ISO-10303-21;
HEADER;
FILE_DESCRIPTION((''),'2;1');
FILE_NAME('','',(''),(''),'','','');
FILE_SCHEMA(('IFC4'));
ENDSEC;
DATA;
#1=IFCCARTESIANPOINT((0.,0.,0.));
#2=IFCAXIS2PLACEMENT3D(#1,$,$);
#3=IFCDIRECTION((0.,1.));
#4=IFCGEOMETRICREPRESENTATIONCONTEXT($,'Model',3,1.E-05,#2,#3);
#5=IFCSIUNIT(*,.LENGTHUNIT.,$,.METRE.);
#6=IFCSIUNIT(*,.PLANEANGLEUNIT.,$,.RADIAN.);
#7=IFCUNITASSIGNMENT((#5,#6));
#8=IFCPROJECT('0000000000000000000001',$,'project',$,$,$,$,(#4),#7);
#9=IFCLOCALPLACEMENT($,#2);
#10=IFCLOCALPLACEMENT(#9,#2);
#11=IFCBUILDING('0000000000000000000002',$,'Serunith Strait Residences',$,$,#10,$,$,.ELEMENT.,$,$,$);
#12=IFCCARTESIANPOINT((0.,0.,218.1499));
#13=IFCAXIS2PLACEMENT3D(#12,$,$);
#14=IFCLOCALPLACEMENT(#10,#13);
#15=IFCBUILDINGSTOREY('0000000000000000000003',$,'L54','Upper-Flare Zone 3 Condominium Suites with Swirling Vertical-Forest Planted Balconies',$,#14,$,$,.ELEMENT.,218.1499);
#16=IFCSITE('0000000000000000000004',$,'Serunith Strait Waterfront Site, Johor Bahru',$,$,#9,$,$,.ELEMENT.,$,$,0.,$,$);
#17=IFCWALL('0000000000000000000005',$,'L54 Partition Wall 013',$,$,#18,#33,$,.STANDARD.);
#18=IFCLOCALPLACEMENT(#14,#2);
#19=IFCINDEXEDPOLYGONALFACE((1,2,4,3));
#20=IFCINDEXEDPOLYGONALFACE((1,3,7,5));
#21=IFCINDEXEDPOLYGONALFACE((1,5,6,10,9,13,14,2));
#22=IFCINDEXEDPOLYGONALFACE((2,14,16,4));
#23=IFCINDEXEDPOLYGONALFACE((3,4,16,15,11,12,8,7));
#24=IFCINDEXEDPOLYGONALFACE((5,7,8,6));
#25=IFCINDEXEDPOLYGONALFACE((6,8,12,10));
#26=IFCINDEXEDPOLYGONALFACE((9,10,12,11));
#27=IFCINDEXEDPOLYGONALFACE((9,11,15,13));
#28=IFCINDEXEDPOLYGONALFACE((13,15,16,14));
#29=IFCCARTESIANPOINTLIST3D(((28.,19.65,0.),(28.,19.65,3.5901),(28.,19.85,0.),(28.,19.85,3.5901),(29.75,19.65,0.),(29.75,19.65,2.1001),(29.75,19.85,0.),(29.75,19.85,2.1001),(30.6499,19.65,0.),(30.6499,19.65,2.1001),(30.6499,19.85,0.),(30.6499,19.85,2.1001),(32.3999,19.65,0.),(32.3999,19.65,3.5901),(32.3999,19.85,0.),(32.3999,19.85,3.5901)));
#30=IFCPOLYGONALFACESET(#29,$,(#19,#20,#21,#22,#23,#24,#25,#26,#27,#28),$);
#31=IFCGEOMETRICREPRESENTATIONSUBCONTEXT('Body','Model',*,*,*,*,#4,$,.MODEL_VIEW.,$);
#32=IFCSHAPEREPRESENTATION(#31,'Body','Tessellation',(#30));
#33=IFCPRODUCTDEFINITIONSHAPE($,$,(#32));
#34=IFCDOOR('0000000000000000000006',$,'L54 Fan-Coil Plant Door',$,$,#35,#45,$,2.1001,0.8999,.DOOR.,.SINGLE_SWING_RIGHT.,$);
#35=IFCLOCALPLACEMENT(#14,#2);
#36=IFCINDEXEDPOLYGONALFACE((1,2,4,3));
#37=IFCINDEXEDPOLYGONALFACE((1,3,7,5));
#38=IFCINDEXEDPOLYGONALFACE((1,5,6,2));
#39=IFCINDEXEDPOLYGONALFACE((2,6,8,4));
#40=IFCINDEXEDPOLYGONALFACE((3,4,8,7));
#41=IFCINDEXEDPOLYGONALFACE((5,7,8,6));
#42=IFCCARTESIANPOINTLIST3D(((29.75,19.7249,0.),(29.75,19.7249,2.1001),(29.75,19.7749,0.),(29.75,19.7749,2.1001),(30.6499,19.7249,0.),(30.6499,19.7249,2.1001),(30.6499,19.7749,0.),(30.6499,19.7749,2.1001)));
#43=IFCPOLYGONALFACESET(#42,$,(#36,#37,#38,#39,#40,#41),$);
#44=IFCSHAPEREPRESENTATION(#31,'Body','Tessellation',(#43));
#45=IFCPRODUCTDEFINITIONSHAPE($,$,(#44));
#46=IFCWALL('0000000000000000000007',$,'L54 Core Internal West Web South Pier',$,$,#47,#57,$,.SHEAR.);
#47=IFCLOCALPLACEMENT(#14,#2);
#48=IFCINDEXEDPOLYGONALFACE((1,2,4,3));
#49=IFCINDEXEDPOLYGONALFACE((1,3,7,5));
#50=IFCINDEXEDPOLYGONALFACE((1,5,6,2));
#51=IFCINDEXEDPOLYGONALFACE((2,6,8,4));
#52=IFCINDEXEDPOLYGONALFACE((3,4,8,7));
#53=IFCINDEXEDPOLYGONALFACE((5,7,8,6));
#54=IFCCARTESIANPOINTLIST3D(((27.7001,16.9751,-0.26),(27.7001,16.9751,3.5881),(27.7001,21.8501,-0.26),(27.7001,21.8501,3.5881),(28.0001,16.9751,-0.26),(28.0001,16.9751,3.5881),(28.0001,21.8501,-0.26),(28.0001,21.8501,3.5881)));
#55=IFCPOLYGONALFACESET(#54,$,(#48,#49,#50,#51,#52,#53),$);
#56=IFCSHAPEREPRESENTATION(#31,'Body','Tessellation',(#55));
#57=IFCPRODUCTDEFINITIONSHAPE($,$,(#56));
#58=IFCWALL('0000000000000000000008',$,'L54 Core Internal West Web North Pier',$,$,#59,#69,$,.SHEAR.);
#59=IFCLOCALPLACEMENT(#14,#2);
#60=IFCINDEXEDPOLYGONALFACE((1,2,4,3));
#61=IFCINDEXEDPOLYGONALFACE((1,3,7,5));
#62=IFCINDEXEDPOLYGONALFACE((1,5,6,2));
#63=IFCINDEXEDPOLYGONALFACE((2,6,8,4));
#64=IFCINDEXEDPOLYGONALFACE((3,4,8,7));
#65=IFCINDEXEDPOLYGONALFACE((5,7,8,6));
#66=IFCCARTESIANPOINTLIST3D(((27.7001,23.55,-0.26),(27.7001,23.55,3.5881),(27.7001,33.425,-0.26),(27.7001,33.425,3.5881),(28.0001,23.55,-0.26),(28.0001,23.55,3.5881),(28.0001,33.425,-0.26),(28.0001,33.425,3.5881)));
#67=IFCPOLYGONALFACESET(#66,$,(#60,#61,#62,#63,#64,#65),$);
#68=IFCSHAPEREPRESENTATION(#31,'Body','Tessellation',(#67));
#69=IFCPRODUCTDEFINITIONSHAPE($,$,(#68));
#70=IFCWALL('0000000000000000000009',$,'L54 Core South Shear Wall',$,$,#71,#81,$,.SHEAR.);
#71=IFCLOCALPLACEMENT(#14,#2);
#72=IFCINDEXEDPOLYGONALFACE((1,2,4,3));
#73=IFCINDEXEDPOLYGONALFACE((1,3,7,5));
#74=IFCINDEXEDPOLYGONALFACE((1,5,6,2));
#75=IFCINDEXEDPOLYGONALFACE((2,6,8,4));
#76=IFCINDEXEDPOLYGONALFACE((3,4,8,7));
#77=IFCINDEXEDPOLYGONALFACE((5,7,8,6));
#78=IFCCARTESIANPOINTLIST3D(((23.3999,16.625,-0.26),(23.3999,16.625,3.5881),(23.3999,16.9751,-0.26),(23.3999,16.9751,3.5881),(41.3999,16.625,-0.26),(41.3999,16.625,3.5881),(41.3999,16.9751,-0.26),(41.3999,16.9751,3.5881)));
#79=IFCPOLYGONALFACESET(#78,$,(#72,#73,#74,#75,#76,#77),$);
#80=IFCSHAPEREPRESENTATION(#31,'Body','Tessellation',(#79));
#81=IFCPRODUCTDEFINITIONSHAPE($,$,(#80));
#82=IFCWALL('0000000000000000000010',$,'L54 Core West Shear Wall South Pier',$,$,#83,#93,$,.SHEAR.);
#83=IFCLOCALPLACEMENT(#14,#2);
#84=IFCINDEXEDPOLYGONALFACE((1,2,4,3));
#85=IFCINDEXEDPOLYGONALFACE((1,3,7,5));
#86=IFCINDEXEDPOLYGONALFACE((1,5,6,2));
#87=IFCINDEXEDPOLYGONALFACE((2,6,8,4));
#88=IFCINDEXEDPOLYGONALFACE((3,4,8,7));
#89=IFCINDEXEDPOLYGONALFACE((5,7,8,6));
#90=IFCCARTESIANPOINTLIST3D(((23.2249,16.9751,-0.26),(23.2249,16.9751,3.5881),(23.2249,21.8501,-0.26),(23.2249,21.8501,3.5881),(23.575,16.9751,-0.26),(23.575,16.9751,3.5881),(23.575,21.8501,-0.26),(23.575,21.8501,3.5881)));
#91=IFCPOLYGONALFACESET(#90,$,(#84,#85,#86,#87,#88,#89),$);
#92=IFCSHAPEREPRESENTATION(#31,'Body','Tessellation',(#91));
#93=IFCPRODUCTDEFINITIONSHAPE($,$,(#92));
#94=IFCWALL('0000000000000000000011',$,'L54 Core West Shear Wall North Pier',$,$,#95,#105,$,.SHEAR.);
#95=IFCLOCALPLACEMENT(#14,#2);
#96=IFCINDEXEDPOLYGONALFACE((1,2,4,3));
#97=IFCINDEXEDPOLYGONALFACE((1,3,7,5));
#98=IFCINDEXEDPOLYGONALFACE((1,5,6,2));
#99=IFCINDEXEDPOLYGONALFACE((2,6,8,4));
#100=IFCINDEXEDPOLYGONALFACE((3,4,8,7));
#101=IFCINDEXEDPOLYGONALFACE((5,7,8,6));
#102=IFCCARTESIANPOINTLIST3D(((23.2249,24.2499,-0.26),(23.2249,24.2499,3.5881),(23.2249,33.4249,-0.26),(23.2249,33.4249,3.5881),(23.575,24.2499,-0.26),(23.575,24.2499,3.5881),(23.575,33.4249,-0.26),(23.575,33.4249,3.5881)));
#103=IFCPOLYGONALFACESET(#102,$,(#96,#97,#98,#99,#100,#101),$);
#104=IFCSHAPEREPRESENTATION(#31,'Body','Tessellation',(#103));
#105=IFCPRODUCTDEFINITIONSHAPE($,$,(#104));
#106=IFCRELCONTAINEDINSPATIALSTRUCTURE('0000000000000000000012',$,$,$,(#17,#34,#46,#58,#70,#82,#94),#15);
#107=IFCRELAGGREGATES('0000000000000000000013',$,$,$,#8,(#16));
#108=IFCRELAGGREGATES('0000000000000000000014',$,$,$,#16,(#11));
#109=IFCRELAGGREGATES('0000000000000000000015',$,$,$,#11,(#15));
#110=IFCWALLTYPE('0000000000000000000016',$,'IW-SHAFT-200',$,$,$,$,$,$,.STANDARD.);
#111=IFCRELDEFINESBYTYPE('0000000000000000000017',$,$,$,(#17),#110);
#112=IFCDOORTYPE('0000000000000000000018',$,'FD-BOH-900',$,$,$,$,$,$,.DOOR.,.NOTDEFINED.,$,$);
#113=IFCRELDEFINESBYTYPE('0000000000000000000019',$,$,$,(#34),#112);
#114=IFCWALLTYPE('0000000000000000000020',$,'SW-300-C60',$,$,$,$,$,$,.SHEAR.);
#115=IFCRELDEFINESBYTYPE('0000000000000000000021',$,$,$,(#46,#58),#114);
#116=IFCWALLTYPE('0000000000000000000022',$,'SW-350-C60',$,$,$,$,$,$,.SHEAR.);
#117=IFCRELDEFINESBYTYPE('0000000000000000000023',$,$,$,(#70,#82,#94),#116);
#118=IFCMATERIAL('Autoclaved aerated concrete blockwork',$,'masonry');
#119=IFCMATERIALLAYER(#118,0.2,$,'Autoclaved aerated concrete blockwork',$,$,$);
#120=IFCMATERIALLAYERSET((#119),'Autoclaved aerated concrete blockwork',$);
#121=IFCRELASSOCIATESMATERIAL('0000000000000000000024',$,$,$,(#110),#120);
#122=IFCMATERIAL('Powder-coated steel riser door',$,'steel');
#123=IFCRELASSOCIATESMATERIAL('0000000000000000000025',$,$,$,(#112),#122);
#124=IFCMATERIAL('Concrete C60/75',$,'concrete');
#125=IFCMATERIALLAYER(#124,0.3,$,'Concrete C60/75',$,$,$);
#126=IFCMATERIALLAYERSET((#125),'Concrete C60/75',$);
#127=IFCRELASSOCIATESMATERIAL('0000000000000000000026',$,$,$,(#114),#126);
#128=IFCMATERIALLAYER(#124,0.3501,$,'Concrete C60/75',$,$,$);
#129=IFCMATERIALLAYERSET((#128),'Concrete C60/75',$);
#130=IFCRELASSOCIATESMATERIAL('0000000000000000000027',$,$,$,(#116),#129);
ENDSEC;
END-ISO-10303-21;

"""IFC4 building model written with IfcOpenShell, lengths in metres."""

from ifc_helpers import new_model, si_unit, direction, frame, frame_2d, origin, place, context, subcontext, project, spatial, rectangle, extrude, source, transform, mapped, material, layer, layer_set, type_object, element, fill, save


model = new_model("IFC4")

# Units and contexts
model_context = context("Model", 3, precision=1e-05, world=origin(), true_north=direction((0.0, 1.0)))
body_context = subcontext(model_context, "Body", "Model", "MODEL_VIEW")
ifc_project = project(units=[si_unit("LENGTHUNIT", "METRE"), si_unit("PLANEANGLEUNIT", "RADIAN")], contexts=[model_context])

# Site, building, storey
site_placement = place(None, origin())
site = spatial("IfcSite", under=ifc_project, at=site_placement, Name="Serunith Strait Waterfront Site, Johor Bahru", CompositionType="ELEMENT", RefElevation=0.0)
building_placement = place(site_placement, origin())
building = spatial("IfcBuilding", under=site, at=building_placement, Name="Serunith Strait Residences", CompositionType="ELEMENT")
storey_placement = place(building_placement, frame((0.0, 0.0, 218.1499)))
storey = spatial("IfcBuildingStorey", under=building, at=storey_placement, Name="L54", Description="Upper-Flare Zone 3 Condominium Suites with Swirling Vertical-Forest Planted Balconies", CompositionType="ELEMENT", Elevation=218.1499)

# Shared definitions
ifc_material_1 = material(Name="Autoclaved aerated concrete blockwork", Category="masonry")
ifc_layer_1 = layer(ifc_material_1, 0.2, Name="Autoclaved aerated concrete blockwork")
ifc_layer_set_1 = layer_set([ifc_layer_1], Name="Autoclaved aerated concrete blockwork")
wall_type_1 = type_object("IfcWallType", Name="IW-SHAFT-200", PredefinedType="STANDARD", material=ifc_layer_set_1)

# Wall, opening, door
wall_1_placement = place(storey_placement, frame((28.0, 19.75, 0.0), z_axis=(0.0, 0.0, 1.0), x_axis=(1.0, 0.0, 0.0)))
wall_1 = element("IfcWall", 1, at=wall_1_placement, inside=storey, type_object=wall_type_1, Name="L54 Partition Wall 013", PredefinedType="STANDARD", context=body_context, shape_type="SweptSolid", body=[
    extrude(rectangle(XDim=4.3999, YDim=0.2, at=frame_2d((2.2, 0.0))), origin(), (0.0, 0.0, 1.0), 3.5901),
])
opening_1_placement = place(wall_1_placement, frame((1.75, 0.0, 0.0)))
opening_1 = element("IfcOpeningElement", 2, at=opening_1_placement, cuts=wall_1, PredefinedType="OPENING", context=body_context, shape_type="SweptSolid", body=[
    extrude(rectangle(XDim=0.8999, YDim=2.1001, at=frame_2d((0.45, 1.05))), frame((0.0, 0.1099, 0.0), z_axis=(0.0, -1.0, 0.0), x_axis=(1.0, 0.0, 0.0)), (0.0, 0.0, 1.0), 0.22),
])
ifc_material_2 = material(Name="Powder-coated steel riser door", Category="steel")
door_type_1 = type_object("IfcDoorType", Name="FD-BOH-900", OperationType="NOTDEFINED", PredefinedType="DOOR", material=ifc_material_2)
shared_shape_1 = source(origin(), body_context, "Body", "SweptSolid", [
    extrude(rectangle(XDim=0.8999, YDim=2.1001, at=frame_2d((0.45, 1.05))), frame((0.0, 0.0249, 0.0), z_axis=(0.0, -1.0, 0.0), x_axis=(1.0, 0.0, 0.0)), (0.0, 0.0, 1.0), 0.05),
])
door_1_placement = place(opening_1_placement, origin())
door_1 = element("IfcDoor", 3, at=door_1_placement, inside=storey, type_object=door_type_1, Name="L54 Fan-Coil Plant Door", OperationType="SINGLE_SWING_RIGHT", OverallHeight=2.1001, OverallWidth=0.8999, PredefinedType="DOOR", context=body_context, shape_type="MappedRepresentation", body=[
    mapped(shared_shape_1, transform((0.0, 0.0, 0.0), scale=1.0)),
])
fill(opening_1, door_1)

# Walls
ifc_material_3 = material(Name="Concrete C60/75", Category="concrete")
ifc_layer_2 = layer(ifc_material_3, 0.3, Name="Concrete C60/75")
ifc_layer_set_2 = layer_set([ifc_layer_2], Name="Concrete C60/75")
wall_type_2 = type_object("IfcWallType", Name="SW-300-C60", PredefinedType="SHEAR", material=ifc_layer_set_2)
wall_2_placement = place(storey_placement, frame((27.8501, 16.9751, -0.26), z_axis=(0.0, 0.0, 1.0), x_axis=(0.0, 1.0, 0.0)))
element("IfcWall", 4, at=wall_2_placement, inside=storey, type_object=wall_type_2, Name="L54 Core Internal West Web South Pier", PredefinedType="SHEAR", context=body_context, shape_type="SweptSolid", body=[
    extrude(rectangle(XDim=4.875, YDim=0.3, at=frame_2d((2.4375, 0.0))), origin(), (0.0, 0.0, 1.0), 3.8481),
])
wall_3_placement = place(storey_placement, frame((27.8501, 23.55, -0.26), z_axis=(0.0, 0.0, 1.0), x_axis=(0.0, 1.0, 0.0)))
element("IfcWall", 5, at=wall_3_placement, inside=storey, type_object=wall_type_2, Name="L54 Core Internal West Web North Pier", PredefinedType="SHEAR", context=body_context, shape_type="SweptSolid", body=[
    extrude(rectangle(XDim=9.875, YDim=0.3, at=frame_2d((4.9375, 0.0))), origin(), (0.0, 0.0, 1.0), 3.8481),
])
ifc_layer_3 = layer(ifc_material_3, 0.3501, Name="Concrete C60/75")
ifc_layer_set_3 = layer_set([ifc_layer_3], Name="Concrete C60/75")
wall_type_3 = type_object("IfcWallType", Name="SW-350-C60", PredefinedType="SHEAR", material=ifc_layer_set_3)
wall_4_placement = place(storey_placement, frame((23.3999, 16.8, -0.26), z_axis=(0.0, 0.0, 1.0), x_axis=(1.0, 0.0, 0.0)))
element("IfcWall", 6, at=wall_4_placement, inside=storey, type_object=wall_type_3, Name="L54 Core South Shear Wall", PredefinedType="SHEAR", context=body_context, shape_type="SweptSolid", body=[
    extrude(rectangle(XDim=18.0, YDim=0.3501, at=frame_2d((9.0, 0.0))), origin(), (0.0, 0.0, 1.0), 3.8481),
])
wall_5_placement = place(storey_placement, frame((23.3999, 16.9751, -0.26), z_axis=(0.0, 0.0, 1.0), x_axis=(0.0, 1.0, 0.0)))
element("IfcWall", 7, at=wall_5_placement, inside=storey, type_object=wall_type_3, Name="L54 Core West Shear Wall South Pier", PredefinedType="SHEAR", context=body_context, shape_type="SweptSolid", body=[
    extrude(rectangle(XDim=4.875, YDim=0.3501, at=frame_2d((2.4375, 0.0))), origin(), (0.0, 0.0, 1.0), 3.8481),
])
wall_6_placement = place(storey_placement, frame((23.3999, 24.25, -0.26), z_axis=(0.0, 0.0, 1.0), x_axis=(0.0, 1.0, 0.0)))
element("IfcWall", 8, at=wall_6_placement, inside=storey, type_object=wall_type_3, Name="L54 Core West Shear Wall North Pier", PredefinedType="SHEAR", context=body_context, shape_type="SweptSolid", body=[
    extrude(rectangle(XDim=9.175, YDim=0.3501, at=frame_2d((4.5874, 0.0))), origin(), (0.0, 0.0, 1.0), 3.8481),
])

save(model, "model.ifc")
